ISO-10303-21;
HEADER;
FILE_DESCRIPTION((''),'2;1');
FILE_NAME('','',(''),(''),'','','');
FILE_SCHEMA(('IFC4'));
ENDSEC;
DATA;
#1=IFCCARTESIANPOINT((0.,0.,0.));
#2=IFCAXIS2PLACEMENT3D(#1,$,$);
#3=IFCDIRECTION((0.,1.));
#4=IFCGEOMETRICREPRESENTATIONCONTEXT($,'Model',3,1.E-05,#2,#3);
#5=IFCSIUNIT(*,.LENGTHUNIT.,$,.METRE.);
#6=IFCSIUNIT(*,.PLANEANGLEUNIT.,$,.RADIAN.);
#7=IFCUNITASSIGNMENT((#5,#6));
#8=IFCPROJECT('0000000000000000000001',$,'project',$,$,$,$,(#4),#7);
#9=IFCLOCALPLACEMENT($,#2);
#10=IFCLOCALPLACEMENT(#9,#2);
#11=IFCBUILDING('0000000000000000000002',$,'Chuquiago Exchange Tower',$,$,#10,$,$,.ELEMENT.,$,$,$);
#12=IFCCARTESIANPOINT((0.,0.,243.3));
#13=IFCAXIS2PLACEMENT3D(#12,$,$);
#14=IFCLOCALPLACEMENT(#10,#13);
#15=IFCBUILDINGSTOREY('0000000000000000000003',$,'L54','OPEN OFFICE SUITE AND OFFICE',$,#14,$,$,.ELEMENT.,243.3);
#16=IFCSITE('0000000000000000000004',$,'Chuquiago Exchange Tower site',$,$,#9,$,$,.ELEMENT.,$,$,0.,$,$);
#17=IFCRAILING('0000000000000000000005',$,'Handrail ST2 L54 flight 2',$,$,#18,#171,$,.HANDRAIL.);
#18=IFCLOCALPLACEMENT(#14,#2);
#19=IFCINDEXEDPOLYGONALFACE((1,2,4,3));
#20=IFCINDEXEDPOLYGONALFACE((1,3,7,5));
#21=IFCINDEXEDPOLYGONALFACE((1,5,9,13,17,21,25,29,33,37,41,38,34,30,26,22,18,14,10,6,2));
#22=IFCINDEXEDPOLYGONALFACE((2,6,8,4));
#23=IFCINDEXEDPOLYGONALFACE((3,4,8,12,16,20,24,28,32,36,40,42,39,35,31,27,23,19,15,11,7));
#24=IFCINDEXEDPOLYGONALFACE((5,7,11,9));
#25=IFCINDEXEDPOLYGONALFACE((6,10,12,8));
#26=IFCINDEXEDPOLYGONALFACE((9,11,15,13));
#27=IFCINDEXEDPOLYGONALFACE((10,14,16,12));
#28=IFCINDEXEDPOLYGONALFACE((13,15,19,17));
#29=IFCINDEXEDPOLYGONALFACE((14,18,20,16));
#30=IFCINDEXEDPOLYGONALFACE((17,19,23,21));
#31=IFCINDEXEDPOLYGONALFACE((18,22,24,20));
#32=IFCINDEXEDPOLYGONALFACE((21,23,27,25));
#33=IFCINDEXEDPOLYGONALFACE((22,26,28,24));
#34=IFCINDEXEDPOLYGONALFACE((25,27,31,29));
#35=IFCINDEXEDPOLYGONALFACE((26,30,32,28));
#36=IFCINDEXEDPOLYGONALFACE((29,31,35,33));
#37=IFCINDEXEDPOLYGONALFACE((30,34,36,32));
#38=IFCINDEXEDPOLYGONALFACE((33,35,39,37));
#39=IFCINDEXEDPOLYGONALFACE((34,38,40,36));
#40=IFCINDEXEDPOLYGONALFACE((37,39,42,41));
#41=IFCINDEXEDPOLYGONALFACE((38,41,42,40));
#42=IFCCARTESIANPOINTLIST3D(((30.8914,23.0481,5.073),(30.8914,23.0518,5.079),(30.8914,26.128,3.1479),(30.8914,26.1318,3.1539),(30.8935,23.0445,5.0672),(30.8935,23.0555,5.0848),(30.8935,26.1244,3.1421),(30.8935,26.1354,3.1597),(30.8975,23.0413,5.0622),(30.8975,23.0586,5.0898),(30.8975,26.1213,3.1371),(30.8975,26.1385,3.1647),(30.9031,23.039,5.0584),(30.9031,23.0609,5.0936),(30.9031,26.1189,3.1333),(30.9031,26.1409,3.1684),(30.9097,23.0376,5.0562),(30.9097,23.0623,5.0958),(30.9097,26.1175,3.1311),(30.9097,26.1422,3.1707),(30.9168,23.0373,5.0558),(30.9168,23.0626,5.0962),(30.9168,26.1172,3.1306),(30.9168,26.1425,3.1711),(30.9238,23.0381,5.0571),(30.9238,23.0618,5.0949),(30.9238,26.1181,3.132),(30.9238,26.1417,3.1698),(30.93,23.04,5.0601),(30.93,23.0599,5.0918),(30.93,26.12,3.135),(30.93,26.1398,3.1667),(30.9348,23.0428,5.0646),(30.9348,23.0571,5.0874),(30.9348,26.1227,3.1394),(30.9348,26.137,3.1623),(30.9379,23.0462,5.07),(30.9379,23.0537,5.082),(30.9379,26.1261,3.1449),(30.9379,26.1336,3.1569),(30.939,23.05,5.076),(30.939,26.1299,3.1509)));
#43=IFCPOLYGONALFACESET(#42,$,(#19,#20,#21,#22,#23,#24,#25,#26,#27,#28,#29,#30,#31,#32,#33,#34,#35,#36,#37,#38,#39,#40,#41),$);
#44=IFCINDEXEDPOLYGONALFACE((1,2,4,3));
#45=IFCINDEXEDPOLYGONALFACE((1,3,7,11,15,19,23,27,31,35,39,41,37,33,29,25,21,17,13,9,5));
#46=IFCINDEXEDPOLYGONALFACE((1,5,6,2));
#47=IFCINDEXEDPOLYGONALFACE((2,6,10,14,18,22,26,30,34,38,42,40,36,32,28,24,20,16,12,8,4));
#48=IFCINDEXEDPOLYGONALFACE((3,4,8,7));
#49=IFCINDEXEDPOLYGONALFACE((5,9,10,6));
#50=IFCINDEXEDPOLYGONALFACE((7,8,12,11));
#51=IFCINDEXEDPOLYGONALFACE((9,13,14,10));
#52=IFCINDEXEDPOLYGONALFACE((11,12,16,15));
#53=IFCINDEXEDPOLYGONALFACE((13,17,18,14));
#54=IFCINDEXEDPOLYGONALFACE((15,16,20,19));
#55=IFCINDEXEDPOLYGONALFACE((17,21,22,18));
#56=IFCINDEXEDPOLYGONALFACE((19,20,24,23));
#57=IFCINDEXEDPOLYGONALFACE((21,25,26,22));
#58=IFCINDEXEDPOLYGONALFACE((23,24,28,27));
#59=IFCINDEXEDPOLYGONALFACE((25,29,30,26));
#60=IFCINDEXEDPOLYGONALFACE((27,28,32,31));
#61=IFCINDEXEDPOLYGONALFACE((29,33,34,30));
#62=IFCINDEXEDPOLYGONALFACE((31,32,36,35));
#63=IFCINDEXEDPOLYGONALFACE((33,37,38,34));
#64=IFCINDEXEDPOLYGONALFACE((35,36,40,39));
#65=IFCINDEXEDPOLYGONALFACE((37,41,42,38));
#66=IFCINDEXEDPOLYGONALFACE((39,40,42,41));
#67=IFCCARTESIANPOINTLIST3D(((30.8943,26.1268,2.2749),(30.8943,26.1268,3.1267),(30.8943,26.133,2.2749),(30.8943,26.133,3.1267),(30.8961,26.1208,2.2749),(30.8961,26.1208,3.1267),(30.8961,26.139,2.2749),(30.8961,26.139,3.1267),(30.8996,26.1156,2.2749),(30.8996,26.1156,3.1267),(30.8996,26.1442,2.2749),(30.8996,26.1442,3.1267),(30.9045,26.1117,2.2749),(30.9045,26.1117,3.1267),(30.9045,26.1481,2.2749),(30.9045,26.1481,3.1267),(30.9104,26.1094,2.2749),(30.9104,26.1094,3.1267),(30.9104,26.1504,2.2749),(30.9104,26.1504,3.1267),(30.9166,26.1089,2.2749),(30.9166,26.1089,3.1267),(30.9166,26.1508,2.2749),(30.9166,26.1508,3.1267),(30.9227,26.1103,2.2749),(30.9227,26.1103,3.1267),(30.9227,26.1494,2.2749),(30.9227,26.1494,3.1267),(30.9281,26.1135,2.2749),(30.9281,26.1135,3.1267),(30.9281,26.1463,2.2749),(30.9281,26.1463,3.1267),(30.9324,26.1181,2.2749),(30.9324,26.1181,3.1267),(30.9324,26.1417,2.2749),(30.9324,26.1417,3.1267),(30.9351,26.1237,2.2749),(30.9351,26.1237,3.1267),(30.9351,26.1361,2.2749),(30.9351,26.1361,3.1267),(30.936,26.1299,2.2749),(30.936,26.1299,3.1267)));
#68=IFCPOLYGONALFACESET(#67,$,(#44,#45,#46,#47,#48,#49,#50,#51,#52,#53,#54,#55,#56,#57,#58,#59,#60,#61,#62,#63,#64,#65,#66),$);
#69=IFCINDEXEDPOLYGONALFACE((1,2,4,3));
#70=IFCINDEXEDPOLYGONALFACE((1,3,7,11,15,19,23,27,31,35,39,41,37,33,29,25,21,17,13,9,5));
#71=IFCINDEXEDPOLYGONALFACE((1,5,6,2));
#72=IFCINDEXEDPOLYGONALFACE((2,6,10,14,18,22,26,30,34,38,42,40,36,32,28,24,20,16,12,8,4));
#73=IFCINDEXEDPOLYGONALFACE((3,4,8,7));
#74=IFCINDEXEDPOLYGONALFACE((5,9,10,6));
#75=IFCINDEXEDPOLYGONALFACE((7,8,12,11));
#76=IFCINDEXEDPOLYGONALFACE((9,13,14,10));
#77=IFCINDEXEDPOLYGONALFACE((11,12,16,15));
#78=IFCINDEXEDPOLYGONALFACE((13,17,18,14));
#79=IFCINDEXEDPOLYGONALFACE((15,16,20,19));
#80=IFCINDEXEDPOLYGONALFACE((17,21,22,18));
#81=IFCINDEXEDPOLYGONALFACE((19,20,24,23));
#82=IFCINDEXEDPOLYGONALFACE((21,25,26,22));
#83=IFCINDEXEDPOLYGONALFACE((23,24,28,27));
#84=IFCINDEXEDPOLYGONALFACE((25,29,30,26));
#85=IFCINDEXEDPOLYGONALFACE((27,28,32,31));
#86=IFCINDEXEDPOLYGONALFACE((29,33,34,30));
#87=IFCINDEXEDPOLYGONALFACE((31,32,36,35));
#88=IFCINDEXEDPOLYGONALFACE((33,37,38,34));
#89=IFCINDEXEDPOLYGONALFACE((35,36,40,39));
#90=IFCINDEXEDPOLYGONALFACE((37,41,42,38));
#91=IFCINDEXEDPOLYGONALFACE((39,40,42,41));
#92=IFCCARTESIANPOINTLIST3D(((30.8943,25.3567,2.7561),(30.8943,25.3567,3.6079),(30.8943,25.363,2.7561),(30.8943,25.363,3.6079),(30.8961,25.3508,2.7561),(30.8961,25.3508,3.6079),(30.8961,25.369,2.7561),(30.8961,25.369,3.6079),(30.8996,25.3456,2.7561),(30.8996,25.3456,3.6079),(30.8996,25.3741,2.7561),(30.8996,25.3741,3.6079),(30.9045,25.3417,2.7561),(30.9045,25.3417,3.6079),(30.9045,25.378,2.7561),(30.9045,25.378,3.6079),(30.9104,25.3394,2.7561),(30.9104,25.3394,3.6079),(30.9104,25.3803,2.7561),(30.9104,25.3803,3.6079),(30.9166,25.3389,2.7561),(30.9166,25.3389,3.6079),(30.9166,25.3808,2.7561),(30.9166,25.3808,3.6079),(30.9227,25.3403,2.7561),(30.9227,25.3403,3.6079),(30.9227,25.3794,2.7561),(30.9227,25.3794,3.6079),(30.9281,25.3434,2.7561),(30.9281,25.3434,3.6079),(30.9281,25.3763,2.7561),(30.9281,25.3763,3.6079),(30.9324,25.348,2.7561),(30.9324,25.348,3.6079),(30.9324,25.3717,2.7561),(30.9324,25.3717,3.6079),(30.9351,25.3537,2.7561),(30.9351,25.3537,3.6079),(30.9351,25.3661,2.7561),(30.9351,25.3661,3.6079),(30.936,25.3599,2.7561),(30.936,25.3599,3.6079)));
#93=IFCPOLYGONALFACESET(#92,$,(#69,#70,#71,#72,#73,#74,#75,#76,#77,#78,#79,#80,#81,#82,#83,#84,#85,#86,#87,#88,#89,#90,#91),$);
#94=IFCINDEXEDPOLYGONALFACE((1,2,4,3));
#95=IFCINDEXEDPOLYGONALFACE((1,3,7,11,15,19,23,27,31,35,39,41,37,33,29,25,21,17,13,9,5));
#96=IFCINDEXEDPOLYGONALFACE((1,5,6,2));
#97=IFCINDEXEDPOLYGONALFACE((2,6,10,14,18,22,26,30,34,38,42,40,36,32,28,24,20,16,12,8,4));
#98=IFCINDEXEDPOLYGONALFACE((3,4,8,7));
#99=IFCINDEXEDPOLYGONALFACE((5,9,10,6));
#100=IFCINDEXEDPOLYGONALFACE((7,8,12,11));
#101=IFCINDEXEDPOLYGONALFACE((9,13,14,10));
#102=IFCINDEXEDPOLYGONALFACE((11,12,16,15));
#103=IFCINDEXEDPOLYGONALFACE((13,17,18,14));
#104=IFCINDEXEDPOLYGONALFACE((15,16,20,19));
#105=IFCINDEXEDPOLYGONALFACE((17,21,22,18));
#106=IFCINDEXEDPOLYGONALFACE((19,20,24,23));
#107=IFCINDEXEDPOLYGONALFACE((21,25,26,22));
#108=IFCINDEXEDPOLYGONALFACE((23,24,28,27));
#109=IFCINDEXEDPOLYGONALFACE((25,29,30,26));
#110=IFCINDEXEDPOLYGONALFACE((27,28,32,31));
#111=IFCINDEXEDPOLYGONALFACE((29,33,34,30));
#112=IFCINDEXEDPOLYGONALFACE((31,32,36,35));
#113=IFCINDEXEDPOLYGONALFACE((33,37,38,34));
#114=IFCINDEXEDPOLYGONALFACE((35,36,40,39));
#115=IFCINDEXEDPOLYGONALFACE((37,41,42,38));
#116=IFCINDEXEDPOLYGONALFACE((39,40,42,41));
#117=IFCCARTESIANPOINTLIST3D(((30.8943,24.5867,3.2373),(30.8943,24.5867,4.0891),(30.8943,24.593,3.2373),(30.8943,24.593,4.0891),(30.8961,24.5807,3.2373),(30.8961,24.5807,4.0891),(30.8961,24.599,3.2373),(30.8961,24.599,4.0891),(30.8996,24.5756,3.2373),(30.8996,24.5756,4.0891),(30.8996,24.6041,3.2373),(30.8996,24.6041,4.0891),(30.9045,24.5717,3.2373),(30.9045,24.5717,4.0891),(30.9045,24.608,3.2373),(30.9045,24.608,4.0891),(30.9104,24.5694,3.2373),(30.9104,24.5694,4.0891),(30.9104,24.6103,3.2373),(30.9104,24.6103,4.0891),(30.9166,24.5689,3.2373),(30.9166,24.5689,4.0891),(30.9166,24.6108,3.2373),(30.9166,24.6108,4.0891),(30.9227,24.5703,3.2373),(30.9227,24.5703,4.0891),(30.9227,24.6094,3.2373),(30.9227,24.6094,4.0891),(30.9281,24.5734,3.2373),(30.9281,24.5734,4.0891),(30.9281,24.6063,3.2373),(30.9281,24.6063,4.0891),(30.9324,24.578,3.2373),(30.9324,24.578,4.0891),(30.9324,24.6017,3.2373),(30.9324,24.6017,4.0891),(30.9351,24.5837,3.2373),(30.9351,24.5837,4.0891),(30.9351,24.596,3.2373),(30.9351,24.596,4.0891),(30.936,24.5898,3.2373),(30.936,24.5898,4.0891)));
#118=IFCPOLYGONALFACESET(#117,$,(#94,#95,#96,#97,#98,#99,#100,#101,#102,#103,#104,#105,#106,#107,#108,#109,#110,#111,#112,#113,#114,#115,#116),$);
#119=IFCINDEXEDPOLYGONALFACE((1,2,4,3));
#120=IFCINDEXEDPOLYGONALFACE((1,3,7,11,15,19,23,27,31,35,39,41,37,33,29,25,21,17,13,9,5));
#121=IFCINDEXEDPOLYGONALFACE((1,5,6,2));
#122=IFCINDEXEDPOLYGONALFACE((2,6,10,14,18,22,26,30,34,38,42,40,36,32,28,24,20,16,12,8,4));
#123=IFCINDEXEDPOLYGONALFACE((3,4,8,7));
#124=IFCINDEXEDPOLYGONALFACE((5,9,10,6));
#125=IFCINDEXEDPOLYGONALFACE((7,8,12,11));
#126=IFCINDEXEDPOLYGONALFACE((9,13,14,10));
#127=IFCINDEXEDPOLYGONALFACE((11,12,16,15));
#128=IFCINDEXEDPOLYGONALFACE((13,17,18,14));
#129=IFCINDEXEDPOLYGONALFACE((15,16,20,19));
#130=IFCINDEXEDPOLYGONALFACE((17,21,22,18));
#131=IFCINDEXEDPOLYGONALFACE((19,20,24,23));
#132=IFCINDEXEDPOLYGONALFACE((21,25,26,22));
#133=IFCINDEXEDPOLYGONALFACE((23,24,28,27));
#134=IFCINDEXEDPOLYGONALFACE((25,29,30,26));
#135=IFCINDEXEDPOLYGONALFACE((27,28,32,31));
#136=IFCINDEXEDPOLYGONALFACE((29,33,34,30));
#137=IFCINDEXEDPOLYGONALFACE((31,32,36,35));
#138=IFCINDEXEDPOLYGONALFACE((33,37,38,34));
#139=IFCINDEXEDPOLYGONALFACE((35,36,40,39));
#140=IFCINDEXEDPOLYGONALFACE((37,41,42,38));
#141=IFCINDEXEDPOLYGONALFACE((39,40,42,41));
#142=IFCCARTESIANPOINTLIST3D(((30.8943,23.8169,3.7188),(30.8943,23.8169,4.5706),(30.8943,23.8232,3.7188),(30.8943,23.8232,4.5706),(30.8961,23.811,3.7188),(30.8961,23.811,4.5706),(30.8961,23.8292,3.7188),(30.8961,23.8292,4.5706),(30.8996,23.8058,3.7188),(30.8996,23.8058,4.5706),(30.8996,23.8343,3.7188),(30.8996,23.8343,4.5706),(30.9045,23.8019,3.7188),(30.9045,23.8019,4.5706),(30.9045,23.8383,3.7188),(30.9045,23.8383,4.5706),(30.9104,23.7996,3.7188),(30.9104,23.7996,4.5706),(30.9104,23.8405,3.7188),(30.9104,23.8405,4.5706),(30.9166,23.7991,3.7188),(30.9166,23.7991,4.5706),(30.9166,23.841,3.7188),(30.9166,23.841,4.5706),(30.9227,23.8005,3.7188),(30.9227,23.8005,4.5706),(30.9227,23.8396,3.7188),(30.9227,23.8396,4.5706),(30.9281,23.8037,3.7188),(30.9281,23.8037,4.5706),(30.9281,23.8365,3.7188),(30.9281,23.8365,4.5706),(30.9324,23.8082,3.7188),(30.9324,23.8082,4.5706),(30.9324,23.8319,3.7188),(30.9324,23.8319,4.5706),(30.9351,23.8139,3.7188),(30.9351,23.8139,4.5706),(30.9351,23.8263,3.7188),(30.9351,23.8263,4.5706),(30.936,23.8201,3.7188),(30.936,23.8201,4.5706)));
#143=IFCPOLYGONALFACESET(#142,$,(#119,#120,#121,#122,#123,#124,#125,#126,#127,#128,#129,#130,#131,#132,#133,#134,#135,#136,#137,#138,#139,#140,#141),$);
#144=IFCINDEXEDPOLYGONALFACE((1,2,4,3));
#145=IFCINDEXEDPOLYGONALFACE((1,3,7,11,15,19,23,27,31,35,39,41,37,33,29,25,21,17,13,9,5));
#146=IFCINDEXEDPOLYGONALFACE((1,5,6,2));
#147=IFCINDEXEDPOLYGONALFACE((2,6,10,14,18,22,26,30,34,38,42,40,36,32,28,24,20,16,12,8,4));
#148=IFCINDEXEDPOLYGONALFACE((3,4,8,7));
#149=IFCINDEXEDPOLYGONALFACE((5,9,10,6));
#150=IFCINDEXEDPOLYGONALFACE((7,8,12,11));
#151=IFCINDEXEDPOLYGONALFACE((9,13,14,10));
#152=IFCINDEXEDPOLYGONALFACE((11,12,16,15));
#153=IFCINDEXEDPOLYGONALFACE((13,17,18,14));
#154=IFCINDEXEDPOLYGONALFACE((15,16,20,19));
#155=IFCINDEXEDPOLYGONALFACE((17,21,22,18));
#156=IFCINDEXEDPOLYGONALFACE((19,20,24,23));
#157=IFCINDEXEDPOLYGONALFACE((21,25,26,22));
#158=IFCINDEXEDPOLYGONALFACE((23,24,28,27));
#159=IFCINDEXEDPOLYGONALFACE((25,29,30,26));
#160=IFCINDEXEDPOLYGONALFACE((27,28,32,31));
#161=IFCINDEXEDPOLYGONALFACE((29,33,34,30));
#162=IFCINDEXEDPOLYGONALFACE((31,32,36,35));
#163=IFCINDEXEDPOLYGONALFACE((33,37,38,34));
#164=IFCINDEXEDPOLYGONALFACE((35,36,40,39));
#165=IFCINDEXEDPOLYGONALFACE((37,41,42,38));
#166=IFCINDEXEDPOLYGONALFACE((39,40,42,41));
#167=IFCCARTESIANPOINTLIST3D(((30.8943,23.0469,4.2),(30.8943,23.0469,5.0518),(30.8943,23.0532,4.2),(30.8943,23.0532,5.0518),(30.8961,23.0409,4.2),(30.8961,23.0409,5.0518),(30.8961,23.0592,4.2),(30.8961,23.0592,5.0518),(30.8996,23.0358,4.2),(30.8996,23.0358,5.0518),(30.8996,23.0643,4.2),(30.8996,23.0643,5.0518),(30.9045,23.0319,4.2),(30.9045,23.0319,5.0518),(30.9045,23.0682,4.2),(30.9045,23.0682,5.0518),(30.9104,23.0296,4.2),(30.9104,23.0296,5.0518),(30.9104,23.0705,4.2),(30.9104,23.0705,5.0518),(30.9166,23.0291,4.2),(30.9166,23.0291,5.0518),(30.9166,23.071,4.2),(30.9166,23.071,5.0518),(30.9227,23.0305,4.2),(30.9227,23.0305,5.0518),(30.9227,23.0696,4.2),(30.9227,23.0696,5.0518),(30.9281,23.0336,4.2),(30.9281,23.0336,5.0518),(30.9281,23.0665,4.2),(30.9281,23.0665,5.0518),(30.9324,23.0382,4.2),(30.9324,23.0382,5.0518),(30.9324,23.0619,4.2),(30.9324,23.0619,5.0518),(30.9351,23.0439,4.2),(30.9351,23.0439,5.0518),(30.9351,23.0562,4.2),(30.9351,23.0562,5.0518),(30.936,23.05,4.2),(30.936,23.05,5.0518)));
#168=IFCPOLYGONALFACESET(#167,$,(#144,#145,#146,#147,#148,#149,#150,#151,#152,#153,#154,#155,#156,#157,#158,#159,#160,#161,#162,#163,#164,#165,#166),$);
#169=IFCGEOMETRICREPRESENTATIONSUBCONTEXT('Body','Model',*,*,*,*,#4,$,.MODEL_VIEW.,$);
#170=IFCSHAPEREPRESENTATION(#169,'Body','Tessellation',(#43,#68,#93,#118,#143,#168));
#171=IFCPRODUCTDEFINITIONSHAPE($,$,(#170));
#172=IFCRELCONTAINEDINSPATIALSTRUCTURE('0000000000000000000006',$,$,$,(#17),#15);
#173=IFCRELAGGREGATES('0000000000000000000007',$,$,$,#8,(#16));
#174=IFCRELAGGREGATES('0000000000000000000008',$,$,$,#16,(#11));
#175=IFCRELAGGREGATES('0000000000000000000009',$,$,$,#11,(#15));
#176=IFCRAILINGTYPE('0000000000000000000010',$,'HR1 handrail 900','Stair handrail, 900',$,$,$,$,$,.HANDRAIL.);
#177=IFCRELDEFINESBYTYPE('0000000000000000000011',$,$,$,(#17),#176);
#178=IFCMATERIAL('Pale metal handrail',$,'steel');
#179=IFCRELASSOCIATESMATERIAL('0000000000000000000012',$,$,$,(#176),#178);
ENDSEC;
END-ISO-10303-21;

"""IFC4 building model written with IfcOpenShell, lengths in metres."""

from ifc_helpers import new_model, si_unit, direction, frame, origin, origin_2d, place, context, subcontext, project, spatial, circle, extrude, material, type_object, element, save


model = new_model("IFC4")

# Units and contexts
model_context = context("Model", 3, precision=1e-05, world=origin(), true_north=direction((0.0, 1.0)))
body_context = subcontext(model_context, "Body", "Model", "MODEL_VIEW")
ifc_project = project(units=[si_unit("LENGTHUNIT", "METRE"), si_unit("PLANEANGLEUNIT", "RADIAN")], contexts=[model_context])

# Site, building, storey
site_placement = place(None, origin())
site = spatial("IfcSite", under=ifc_project, at=site_placement, Name="Chuquiago Exchange Tower site", CompositionType="ELEMENT", RefElevation=0.0)
building_placement = place(site_placement, origin())
building = spatial("IfcBuilding", under=site, at=building_placement, Name="Chuquiago Exchange Tower", CompositionType="ELEMENT")
storey_placement = place(building_placement, frame((0.0, 0.0, 243.3)))
storey = spatial("IfcBuildingStorey", under=building, at=storey_placement, Name="L54", Description="OPEN OFFICE SUITE AND OFFICE", CompositionType="ELEMENT", Elevation=243.3)

# Railing
ifc_material_1 = material(Name="Pale metal handrail", Category="steel")
railing_type_1 = type_object("IfcRailingType", Name="HR1 handrail 900", Description="Stair handrail, 900", PredefinedType="HANDRAIL", material=ifc_material_1)
for number, where, name in (
    (1, (30.915, 26.1299, 2.2749), "Handrail ST2 L54 flight 2"),
):
    element("IfcRailing", number, at=place(storey_placement, frame(where)), inside=storey, type_object=railing_type_1, Name=name, PredefinedType="HANDRAIL", context=body_context, shape_type="SweptSolid", body=[
        extrude(circle(Radius=0.0239, at=origin_2d()), frame((0.0, 0.0, 0.876), z_axis=(0.0, -0.847979, 0.530029), x_axis=(1.0, 0.0, 0.0)), (0.0, 0.0, 1.0), 3.6321),
        extrude(circle(Radius=0.021, at=origin_2d()), origin(), (0.0, 0.0, 1.0), 0.8518),
        extrude(circle(Radius=0.021, at=origin_2d()), frame((0.0, -0.77, 0.4812)), (0.0, 0.0, 1.0), 0.8518),
        extrude(circle(Radius=0.021, at=origin_2d()), frame((0.0, -1.54, 0.9624)), (0.0, 0.0, 1.0), 0.8518),
        extrude(circle(Radius=0.021, at=origin_2d()), frame((0.0, -2.3098, 1.4438)), (0.0, 0.0, 1.0), 0.8518),
        extrude(circle(Radius=0.021, at=origin_2d()), frame((0.0, -3.0798, 1.925)), (0.0, 0.0, 1.0), 0.8518),
    ])

save(model, "model.ifc")
